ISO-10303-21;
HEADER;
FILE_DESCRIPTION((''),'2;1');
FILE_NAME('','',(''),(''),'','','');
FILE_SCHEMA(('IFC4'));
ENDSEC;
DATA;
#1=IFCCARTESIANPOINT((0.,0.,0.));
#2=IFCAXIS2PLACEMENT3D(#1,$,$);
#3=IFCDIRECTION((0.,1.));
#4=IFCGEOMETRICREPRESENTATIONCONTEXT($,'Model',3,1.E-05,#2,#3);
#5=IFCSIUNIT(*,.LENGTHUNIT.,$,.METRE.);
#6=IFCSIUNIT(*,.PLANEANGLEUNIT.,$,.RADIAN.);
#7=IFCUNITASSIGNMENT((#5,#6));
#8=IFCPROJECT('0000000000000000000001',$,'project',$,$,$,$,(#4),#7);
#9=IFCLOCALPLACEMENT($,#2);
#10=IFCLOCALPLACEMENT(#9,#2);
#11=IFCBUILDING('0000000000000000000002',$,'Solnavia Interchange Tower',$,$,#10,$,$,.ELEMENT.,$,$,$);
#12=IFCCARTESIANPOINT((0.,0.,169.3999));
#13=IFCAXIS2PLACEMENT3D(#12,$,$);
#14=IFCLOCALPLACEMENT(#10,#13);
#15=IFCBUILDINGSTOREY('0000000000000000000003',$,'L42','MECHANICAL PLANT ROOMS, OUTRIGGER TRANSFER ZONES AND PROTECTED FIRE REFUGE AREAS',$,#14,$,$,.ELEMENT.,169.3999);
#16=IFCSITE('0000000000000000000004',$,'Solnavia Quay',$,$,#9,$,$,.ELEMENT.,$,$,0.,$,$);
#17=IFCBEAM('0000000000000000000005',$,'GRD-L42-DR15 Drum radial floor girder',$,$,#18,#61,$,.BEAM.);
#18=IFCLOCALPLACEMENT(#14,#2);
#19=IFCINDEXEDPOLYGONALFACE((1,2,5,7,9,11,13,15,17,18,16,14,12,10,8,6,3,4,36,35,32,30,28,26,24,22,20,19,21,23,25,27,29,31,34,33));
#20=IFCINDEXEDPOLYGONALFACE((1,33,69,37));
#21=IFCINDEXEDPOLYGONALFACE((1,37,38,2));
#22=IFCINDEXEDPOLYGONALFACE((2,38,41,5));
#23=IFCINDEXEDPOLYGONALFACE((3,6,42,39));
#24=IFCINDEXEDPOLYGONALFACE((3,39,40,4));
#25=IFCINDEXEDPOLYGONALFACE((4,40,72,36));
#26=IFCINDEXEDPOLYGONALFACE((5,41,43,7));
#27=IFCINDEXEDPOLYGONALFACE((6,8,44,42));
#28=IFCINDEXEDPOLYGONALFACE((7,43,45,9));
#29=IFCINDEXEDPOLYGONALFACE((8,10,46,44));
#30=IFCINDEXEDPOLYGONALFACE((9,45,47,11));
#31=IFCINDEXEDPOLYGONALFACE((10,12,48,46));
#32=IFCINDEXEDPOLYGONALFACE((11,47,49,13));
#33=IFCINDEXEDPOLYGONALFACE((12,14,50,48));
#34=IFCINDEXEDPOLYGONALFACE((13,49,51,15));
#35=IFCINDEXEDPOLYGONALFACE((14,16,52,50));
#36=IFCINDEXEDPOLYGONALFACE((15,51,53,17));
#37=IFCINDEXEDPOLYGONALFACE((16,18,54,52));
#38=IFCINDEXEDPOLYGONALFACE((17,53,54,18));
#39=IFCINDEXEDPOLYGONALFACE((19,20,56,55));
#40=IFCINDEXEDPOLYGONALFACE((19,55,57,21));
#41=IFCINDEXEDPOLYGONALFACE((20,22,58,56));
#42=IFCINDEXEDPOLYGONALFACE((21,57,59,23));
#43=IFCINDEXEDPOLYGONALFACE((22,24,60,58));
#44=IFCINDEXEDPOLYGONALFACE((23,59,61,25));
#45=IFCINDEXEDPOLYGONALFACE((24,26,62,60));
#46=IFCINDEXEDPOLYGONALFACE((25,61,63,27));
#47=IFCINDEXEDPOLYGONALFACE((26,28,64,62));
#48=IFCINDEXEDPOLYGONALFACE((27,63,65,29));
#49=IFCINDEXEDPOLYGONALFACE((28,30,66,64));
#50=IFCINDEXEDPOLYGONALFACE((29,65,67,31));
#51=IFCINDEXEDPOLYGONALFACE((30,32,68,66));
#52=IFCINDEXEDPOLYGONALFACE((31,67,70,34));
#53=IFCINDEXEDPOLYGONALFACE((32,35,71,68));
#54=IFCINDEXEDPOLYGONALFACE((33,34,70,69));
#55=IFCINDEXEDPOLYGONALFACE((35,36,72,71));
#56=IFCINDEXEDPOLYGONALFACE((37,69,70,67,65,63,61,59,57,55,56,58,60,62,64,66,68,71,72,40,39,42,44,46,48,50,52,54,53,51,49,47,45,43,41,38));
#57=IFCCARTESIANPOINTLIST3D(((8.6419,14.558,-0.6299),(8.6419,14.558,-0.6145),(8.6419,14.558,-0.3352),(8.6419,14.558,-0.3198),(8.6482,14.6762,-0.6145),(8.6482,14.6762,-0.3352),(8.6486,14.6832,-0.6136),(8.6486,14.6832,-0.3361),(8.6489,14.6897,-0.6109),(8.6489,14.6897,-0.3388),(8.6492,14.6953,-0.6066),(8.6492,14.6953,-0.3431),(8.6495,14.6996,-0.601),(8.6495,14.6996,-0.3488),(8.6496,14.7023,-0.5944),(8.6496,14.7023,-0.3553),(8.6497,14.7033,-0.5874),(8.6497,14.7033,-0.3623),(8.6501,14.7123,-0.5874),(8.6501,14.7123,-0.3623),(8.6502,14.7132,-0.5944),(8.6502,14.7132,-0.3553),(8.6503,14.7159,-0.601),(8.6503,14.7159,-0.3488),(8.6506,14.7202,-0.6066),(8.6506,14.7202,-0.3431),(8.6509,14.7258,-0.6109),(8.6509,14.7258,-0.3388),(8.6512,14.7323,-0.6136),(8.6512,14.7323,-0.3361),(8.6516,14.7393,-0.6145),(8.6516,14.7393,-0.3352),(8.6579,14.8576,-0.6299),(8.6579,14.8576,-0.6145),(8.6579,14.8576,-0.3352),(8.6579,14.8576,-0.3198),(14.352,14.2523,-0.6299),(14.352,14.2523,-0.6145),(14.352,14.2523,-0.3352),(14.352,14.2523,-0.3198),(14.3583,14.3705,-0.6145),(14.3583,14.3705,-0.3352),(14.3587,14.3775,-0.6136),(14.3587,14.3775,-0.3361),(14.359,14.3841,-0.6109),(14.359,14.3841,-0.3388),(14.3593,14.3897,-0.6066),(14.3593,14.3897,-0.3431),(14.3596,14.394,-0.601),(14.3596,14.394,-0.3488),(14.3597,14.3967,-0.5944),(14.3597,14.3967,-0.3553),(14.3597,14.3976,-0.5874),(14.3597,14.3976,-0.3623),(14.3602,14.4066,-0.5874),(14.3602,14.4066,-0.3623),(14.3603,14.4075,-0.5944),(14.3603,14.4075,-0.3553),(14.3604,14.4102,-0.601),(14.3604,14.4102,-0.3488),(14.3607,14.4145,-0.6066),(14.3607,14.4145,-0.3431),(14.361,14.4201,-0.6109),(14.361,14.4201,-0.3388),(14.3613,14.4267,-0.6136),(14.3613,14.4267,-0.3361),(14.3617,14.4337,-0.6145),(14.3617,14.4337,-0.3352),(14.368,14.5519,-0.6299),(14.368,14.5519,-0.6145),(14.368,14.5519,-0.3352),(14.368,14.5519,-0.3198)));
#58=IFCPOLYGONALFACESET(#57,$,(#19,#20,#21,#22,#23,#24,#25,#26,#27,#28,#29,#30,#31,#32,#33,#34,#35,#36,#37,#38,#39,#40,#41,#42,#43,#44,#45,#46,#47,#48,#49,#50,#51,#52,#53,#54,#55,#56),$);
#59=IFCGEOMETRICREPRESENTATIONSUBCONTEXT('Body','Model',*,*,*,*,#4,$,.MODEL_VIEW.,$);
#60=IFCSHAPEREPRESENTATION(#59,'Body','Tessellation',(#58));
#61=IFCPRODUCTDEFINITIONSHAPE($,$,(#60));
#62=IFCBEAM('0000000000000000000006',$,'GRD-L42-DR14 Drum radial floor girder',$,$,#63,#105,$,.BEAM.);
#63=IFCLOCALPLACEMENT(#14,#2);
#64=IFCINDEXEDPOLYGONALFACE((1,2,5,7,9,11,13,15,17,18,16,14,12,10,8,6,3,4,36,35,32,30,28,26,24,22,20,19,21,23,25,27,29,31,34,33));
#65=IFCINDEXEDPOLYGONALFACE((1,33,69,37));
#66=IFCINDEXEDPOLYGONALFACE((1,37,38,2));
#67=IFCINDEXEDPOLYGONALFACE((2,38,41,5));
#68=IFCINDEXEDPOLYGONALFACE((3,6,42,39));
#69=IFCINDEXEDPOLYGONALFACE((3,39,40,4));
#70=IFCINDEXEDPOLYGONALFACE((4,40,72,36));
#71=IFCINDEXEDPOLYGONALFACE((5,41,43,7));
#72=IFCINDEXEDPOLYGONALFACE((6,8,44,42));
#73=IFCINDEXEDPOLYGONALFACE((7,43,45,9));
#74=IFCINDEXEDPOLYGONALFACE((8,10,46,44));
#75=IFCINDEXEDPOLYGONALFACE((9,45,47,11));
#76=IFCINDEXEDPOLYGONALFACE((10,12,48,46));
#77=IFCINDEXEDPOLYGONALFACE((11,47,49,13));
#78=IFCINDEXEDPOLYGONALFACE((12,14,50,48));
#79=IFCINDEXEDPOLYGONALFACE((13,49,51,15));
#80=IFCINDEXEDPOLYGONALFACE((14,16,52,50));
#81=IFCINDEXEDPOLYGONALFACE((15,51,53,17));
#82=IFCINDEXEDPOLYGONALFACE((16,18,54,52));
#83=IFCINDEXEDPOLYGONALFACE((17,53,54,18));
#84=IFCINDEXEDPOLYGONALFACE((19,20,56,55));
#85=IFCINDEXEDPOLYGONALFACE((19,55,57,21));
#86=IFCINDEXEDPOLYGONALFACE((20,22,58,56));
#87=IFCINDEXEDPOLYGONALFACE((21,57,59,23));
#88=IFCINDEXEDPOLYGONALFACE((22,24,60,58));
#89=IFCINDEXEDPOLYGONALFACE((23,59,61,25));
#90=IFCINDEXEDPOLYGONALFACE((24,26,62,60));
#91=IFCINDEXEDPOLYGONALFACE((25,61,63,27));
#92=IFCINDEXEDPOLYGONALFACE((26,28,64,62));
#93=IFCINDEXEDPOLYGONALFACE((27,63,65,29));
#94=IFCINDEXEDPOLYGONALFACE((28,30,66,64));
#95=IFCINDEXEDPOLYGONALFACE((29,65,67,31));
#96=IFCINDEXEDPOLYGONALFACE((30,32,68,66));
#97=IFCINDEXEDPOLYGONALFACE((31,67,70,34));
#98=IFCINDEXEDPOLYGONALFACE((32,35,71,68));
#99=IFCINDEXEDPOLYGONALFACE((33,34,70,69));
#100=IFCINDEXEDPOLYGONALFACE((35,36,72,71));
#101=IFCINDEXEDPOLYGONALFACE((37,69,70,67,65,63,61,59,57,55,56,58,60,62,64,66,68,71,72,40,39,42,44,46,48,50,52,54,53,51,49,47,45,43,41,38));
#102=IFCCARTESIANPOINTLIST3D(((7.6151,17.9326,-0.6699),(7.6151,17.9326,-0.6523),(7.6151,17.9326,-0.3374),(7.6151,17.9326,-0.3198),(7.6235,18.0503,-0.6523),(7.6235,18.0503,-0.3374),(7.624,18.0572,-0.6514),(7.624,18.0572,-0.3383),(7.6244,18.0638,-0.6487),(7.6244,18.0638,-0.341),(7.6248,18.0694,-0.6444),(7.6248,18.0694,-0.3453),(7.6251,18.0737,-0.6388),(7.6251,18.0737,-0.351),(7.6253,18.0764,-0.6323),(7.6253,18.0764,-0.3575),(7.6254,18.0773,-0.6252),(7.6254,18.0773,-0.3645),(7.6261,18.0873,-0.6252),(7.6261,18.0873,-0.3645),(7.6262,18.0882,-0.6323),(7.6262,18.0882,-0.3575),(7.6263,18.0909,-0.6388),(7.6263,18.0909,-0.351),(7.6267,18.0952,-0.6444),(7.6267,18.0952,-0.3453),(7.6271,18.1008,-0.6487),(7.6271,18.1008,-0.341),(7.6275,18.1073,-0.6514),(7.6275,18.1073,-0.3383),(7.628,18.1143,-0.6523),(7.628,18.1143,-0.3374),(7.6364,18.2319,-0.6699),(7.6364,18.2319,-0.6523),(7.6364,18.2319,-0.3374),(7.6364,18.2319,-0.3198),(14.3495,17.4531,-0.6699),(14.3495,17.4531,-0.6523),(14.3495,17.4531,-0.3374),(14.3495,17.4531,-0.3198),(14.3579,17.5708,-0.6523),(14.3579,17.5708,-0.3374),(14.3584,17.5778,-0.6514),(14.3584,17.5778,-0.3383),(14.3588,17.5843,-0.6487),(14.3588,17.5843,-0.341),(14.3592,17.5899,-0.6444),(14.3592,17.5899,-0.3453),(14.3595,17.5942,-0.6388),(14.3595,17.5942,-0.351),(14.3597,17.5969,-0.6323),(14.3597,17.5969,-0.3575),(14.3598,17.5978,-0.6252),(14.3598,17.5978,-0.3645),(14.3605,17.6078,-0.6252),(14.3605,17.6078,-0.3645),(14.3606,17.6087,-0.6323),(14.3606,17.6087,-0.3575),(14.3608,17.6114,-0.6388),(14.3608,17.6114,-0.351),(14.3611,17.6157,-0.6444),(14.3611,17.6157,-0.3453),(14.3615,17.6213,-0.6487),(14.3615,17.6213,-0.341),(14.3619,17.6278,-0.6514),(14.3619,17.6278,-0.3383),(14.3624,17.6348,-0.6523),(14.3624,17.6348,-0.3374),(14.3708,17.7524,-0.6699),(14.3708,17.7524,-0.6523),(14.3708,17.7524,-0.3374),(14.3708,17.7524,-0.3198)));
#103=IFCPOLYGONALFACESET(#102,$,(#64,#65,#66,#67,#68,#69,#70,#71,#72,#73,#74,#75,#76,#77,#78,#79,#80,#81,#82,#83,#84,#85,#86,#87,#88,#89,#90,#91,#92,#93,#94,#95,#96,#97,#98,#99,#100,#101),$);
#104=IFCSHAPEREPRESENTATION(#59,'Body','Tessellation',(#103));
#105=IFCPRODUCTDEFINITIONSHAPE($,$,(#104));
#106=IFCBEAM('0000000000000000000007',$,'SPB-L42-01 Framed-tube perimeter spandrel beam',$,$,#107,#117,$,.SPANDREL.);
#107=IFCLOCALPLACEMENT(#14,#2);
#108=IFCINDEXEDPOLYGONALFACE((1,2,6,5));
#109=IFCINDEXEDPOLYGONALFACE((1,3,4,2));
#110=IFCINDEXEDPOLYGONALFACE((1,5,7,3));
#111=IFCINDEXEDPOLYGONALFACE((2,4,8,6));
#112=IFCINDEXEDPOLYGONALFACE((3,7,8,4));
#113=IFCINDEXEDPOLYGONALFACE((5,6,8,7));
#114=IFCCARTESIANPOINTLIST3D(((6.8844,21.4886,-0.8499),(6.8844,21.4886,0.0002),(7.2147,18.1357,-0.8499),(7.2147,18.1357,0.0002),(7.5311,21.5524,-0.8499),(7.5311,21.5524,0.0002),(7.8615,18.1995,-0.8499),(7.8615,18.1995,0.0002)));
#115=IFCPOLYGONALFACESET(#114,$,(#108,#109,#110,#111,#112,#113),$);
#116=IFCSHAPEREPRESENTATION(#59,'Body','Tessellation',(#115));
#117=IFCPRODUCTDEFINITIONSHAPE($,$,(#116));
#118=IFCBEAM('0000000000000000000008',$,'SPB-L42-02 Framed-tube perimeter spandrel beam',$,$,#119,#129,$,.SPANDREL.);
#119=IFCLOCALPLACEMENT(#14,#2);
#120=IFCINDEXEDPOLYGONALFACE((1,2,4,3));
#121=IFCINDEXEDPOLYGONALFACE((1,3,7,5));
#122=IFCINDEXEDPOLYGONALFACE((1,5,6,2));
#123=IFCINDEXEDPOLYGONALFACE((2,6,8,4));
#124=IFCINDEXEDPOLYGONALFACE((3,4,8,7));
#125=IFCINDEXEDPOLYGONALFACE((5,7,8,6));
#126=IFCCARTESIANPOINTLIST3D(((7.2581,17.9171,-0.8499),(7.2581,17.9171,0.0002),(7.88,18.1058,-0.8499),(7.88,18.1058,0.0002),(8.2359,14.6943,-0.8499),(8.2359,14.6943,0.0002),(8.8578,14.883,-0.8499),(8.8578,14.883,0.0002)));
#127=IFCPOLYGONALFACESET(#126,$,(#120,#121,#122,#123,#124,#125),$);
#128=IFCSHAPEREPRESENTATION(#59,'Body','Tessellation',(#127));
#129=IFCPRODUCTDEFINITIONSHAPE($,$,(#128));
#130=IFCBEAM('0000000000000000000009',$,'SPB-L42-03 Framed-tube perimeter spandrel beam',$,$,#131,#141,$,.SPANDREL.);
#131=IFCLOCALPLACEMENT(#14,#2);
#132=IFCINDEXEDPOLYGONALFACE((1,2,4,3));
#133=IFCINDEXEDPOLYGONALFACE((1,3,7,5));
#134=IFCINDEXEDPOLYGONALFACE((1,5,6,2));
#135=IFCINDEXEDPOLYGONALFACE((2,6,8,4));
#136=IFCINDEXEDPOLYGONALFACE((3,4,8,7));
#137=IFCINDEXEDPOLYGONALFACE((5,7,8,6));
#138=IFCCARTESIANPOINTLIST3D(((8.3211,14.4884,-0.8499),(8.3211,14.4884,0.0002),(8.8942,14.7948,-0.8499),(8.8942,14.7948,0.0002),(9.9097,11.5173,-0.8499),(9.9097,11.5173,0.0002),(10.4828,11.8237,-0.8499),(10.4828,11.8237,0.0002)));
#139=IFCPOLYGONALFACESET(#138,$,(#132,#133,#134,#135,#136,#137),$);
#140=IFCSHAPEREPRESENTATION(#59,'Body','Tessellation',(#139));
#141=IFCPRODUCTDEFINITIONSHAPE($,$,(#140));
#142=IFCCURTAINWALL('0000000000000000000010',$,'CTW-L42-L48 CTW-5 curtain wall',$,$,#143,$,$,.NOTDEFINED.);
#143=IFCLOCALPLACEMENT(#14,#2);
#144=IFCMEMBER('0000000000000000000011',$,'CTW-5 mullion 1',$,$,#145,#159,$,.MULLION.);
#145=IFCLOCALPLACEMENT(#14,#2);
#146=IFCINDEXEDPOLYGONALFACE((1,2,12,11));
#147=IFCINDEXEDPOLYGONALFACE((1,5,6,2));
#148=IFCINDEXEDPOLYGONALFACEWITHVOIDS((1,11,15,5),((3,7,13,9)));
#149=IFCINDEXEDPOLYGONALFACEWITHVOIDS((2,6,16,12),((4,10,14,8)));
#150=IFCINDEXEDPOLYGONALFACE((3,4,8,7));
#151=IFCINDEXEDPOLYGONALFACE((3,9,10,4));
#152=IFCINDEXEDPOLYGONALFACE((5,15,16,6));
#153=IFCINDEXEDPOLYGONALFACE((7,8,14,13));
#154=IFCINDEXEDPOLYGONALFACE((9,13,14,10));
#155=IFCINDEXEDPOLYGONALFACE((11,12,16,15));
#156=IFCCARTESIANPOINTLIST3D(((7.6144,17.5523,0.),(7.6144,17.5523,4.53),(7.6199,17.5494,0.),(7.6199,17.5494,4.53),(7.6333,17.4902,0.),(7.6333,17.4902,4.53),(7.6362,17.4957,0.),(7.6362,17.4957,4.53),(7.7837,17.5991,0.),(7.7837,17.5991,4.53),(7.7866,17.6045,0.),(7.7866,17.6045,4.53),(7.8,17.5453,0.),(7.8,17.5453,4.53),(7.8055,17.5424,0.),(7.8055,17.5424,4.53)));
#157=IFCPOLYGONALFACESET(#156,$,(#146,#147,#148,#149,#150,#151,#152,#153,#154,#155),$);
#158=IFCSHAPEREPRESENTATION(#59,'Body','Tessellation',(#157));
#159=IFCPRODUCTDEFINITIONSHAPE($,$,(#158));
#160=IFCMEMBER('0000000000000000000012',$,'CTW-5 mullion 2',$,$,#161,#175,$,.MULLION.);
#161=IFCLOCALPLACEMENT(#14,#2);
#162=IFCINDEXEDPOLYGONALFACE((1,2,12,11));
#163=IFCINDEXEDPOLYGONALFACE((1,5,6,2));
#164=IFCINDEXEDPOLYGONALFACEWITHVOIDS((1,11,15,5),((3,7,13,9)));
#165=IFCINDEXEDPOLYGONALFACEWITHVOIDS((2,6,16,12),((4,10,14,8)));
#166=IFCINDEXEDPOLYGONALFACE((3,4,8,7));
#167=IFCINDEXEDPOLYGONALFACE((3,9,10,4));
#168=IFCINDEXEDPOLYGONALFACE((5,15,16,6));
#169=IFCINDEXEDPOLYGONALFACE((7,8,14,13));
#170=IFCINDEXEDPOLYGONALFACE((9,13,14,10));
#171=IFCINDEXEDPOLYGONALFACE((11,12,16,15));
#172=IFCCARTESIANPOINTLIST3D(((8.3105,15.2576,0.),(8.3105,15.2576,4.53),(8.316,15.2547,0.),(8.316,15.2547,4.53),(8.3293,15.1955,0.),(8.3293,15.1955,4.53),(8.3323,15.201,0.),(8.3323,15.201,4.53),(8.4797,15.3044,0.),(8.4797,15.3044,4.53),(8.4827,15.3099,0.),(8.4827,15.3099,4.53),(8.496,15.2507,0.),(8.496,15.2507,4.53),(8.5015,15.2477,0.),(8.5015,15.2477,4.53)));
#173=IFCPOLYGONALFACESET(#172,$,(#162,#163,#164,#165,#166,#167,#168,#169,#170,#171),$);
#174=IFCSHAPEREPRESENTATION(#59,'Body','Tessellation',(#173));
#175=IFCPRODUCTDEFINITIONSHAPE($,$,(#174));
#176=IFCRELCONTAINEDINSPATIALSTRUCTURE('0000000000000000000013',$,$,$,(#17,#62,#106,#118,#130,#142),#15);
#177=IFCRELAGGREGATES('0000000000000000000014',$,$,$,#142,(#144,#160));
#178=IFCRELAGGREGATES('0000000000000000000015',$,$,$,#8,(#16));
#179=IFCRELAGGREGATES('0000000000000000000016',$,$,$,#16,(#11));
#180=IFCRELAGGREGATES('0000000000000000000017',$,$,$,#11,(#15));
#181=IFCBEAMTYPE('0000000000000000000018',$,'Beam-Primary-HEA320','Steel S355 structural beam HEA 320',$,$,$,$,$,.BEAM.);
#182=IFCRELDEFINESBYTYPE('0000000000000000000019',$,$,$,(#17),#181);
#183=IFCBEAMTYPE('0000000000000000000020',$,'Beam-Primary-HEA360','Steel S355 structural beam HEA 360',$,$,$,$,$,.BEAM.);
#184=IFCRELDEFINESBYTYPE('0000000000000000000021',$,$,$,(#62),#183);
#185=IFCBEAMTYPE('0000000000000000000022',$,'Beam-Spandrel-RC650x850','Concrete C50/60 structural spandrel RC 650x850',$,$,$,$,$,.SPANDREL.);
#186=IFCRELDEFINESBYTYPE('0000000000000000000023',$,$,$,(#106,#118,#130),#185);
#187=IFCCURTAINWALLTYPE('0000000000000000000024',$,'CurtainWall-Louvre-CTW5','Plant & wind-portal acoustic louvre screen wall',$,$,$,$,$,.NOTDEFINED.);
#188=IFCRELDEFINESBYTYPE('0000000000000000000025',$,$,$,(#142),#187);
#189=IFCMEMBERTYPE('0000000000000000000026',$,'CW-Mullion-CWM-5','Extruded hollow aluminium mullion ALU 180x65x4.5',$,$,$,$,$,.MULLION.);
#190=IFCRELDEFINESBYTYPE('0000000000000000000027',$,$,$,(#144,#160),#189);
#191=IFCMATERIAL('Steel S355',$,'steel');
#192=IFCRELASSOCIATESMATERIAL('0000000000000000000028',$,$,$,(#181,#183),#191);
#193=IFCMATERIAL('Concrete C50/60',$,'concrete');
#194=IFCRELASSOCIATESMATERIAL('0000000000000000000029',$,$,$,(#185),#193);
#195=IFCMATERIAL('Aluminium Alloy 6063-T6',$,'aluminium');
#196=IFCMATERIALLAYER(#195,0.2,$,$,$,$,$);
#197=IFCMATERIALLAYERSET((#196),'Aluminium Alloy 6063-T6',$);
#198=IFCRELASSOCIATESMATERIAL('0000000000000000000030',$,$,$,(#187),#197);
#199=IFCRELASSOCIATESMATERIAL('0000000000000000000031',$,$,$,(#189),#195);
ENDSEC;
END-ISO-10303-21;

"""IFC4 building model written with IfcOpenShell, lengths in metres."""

from ifc_helpers import new_model, si_unit, direction, frame, origin, origin_2d, place, context, subcontext, project, spatial, rectangle, hollow_rectangle, i_section, extrude, material, layer, layer_set, material_profile, profile_set, type_object, element, aggregate, save


model = new_model("IFC4")

# Units and contexts
model_context = context("Model", 3, precision=1e-05, world=origin(), true_north=direction((0.0, 1.0)))
body_context = subcontext(model_context, "Body", "Model", "MODEL_VIEW")
ifc_project = project(units=[si_unit("LENGTHUNIT", "METRE"), si_unit("PLANEANGLEUNIT", "RADIAN")], contexts=[model_context])

# Site, building, storey
site_placement = place(None, origin())
site = spatial("IfcSite", under=ifc_project, at=site_placement, Name="Solnavia Quay", CompositionType="ELEMENT", RefElevation=0.0)
building_placement = place(site_placement, origin())
building = spatial("IfcBuilding", under=site, at=building_placement, Name="Solnavia Interchange Tower", CompositionType="ELEMENT")
storey_placement = place(building_placement, frame((0.0, 0.0, 169.3999)))
storey = spatial("IfcBuildingStorey", under=building, at=storey_placement, Name="L42", Description="MECHANICAL PLANT ROOMS, OUTRIGGER TRANSFER ZONES AND PROTECTED FIRE REFUGE AREAS", CompositionType="ELEMENT", Elevation=169.3999)

# Shared definitions
ifc_material_1 = material(Name="Concrete C50/60", Category="concrete")

# Beams
ifc_material_2 = material(Name="Steel S355", Category="steel")
ifc_material_profile_1 = material_profile(ifc_material_2, i_section(OverallWidth=0.3, OverallDepth=0.3101, WebThickness=0.009, FlangeThickness=0.0154, FilletRadius=0.0271, at=origin_2d()), Name="HEA 320")
ifc_profile_set_1 = profile_set([ifc_material_profile_1], Name="Steel S355")
beam_type_1 = type_object("IfcBeamType", Name="Beam-Primary-HEA320", Description="Steel S355 structural beam HEA 320", PredefinedType="BEAM", material=ifc_profile_set_1)
beam_1_placement = place(storey_placement, frame((8.6499, 14.7078, -0.4749), z_axis=(0.99857, -0.053453, 0.0), x_axis=(0.053453, 0.99857, 0.0)))
element("IfcBeam", 1, at=beam_1_placement, inside=storey, type_object=beam_type_1, Name="GRD-L42-DR15 Drum radial floor girder", PredefinedType="BEAM", context=body_context, shape_type="SweptSolid", body=[
    extrude(i_section(OverallWidth=0.3, OverallDepth=0.3101, WebThickness=0.009, FlangeThickness=0.0154, FilletRadius=0.0271, at=origin_2d()), origin(), (0.0, 0.0, 1.0), 5.7183),
])
ifc_material_profile_2 = material_profile(ifc_material_2, i_section(OverallWidth=0.3, OverallDepth=0.3501, WebThickness=0.01, FlangeThickness=0.0176, FilletRadius=0.0271, at=origin_2d()), Name="HEA 360")
ifc_profile_set_2 = profile_set([ifc_material_profile_2], Name="Steel S355")
beam_type_2 = type_object("IfcBeamType", Name="Beam-Primary-HEA360", Description="Steel S355 structural beam HEA 360", PredefinedType="BEAM", material=ifc_profile_set_2)
beam_2_placement = place(storey_placement, frame((7.6257, 18.0823, -0.4949), z_axis=(0.997475, -0.071021, 0.0), x_axis=(0.071021, 0.997475, 0.0)))
element("IfcBeam", 2, at=beam_2_placement, inside=storey, type_object=beam_type_2, Name="GRD-L42-DR14 Drum radial floor girder", PredefinedType="BEAM", context=body_context, shape_type="SweptSolid", body=[
    extrude(i_section(OverallWidth=0.3, OverallDepth=0.3501, WebThickness=0.01, FlangeThickness=0.0176, FilletRadius=0.0271, at=origin_2d()), origin(), (0.0, 0.0, 1.0), 6.7515),
])
ifc_material_profile_3 = material_profile(ifc_material_1, rectangle(XDim=0.6499, YDim=0.8501, at=origin_2d()), Name="RC 650x850")
ifc_profile_set_3 = profile_set([ifc_material_profile_3], Name="Concrete C50/60")
beam_type_3 = type_object("IfcBeamType", Name="Beam-Spandrel-RC650x850", Description="Concrete C50/60 structural spandrel RC 650x850", PredefinedType="SPANDREL", material=ifc_profile_set_3)
beam_3_placement = place(storey_placement, frame((7.2078, 21.5205, -0.4248), z_axis=(0.09804, -0.995182, 0.0), x_axis=(0.995182, 0.09804, 0.0)))
element("IfcBeam", 3, at=beam_3_placement, inside=storey, type_object=beam_type_3, Name="SPB-L42-01 Framed-tube perimeter spandrel beam", PredefinedType="SPANDREL", context=body_context, shape_type="SweptSolid", body=[
    extrude(rectangle(XDim=0.6499, YDim=0.8501, at=origin_2d()), origin(), (0.0, 0.0, 1.0), 3.3691),
])
beam_4_placement = place(storey_placement, frame((7.5691, 18.0115, -0.4248), z_axis=(0.290319, -0.95693, 0.0), x_axis=(0.95693, 0.290319, 0.0)))
element("IfcBeam", 4, at=beam_4_placement, inside=storey, type_object=beam_type_3, Name="SPB-L42-02 Framed-tube perimeter spandrel beam", PredefinedType="SPANDREL", context=body_context, shape_type="SweptSolid", body=[
    extrude(rectangle(XDim=0.6499, YDim=0.8501, at=origin_2d()), origin(), (0.0, 0.0, 1.0), 3.3679),
])
beam_5_placement = place(storey_placement, frame((8.6077, 14.6416, -0.4248), z_axis=(0.471509, -0.881861, 0.0), x_axis=(0.881861, 0.471509, 0.0)))
element("IfcBeam", 5, at=beam_5_placement, inside=storey, type_object=beam_type_3, Name="SPB-L42-03 Framed-tube perimeter spandrel beam", PredefinedType="SPANDREL", context=body_context, shape_type="SweptSolid", body=[
    extrude(rectangle(XDim=0.6499, YDim=0.8501, at=origin_2d()), origin(), (0.0, 0.0, 1.0), 3.3691),
])

# Curtain wall, members
ifc_material_3 = material(Name="Aluminium Alloy 6063-T6", Category="aluminium")
ifc_layer_1 = layer(ifc_material_3, 0.2)
ifc_layer_set_1 = layer_set([ifc_layer_1], Name="Aluminium Alloy 6063-T6")
curtain_wall_type = type_object("IfcCurtainWallType", Name="CurtainWall-Louvre-CTW5", Description="Plant & wind-portal acoustic louvre screen wall", PredefinedType="NOTDEFINED", material=ifc_layer_set_1)
curtain_wall_placement = place(storey_placement, origin())
curtain_wall = element("IfcCurtainWall", 6, at=curtain_wall_placement, inside=storey, type_object=curtain_wall_type, Name="CTW-L42-L48 CTW-5 curtain wall", PredefinedType="NOTDEFINED")
ifc_material_profile_4 = material_profile(ifc_material_3, hollow_rectangle(XDim=0.0649, YDim=0.1799, WallThickness=0.0044, at=origin_2d()), Name="ALU 180x65x4.5")
ifc_profile_set_4 = profile_set([ifc_material_profile_4], Name="Aluminium Alloy 6063-T6")
member_type_1 = type_object("IfcMemberType", Name="CW-Mullion-CWM-5", Description="Extruded hollow aluminium mullion ALU 180x65x4.5", PredefinedType="MULLION", material=ifc_profile_set_4)
member_1_placement = place(storey_placement, frame((7.71, 17.5474, 0.0), z_axis=(0.0, 0.0, 1.0), x_axis=(0.290237, -0.956955, 0.0)))
member_1 = element("IfcMember", 7, at=member_1_placement, type_object=member_type_1, Name="CTW-5 mullion 1", PredefinedType="MULLION", context=body_context, shape_type="SweptSolid", body=[
    extrude(hollow_rectangle(XDim=0.0649, YDim=0.1799, WallThickness=0.0044, at=origin_2d()), origin(), (0.0, 0.0, 1.0), 4.53),
])
member_2_placement = place(storey_placement, frame((8.406, 15.2527, 0.0), z_axis=(0.0, 0.0, 1.0), x_axis=(0.290237, -0.956955, 0.0)))
member_2 = element("IfcMember", 8, at=member_2_placement, type_object=member_type_1, Name="CTW-5 mullion 2", PredefinedType="MULLION", context=body_context, shape_type="SweptSolid", body=[
    extrude(hollow_rectangle(XDim=0.0649, YDim=0.1799, WallThickness=0.0044, at=origin_2d()), origin(), (0.0, 0.0, 1.0), 4.53),
])
aggregate(curtain_wall, [member_1, member_2])

save(model, "model.ifc")
